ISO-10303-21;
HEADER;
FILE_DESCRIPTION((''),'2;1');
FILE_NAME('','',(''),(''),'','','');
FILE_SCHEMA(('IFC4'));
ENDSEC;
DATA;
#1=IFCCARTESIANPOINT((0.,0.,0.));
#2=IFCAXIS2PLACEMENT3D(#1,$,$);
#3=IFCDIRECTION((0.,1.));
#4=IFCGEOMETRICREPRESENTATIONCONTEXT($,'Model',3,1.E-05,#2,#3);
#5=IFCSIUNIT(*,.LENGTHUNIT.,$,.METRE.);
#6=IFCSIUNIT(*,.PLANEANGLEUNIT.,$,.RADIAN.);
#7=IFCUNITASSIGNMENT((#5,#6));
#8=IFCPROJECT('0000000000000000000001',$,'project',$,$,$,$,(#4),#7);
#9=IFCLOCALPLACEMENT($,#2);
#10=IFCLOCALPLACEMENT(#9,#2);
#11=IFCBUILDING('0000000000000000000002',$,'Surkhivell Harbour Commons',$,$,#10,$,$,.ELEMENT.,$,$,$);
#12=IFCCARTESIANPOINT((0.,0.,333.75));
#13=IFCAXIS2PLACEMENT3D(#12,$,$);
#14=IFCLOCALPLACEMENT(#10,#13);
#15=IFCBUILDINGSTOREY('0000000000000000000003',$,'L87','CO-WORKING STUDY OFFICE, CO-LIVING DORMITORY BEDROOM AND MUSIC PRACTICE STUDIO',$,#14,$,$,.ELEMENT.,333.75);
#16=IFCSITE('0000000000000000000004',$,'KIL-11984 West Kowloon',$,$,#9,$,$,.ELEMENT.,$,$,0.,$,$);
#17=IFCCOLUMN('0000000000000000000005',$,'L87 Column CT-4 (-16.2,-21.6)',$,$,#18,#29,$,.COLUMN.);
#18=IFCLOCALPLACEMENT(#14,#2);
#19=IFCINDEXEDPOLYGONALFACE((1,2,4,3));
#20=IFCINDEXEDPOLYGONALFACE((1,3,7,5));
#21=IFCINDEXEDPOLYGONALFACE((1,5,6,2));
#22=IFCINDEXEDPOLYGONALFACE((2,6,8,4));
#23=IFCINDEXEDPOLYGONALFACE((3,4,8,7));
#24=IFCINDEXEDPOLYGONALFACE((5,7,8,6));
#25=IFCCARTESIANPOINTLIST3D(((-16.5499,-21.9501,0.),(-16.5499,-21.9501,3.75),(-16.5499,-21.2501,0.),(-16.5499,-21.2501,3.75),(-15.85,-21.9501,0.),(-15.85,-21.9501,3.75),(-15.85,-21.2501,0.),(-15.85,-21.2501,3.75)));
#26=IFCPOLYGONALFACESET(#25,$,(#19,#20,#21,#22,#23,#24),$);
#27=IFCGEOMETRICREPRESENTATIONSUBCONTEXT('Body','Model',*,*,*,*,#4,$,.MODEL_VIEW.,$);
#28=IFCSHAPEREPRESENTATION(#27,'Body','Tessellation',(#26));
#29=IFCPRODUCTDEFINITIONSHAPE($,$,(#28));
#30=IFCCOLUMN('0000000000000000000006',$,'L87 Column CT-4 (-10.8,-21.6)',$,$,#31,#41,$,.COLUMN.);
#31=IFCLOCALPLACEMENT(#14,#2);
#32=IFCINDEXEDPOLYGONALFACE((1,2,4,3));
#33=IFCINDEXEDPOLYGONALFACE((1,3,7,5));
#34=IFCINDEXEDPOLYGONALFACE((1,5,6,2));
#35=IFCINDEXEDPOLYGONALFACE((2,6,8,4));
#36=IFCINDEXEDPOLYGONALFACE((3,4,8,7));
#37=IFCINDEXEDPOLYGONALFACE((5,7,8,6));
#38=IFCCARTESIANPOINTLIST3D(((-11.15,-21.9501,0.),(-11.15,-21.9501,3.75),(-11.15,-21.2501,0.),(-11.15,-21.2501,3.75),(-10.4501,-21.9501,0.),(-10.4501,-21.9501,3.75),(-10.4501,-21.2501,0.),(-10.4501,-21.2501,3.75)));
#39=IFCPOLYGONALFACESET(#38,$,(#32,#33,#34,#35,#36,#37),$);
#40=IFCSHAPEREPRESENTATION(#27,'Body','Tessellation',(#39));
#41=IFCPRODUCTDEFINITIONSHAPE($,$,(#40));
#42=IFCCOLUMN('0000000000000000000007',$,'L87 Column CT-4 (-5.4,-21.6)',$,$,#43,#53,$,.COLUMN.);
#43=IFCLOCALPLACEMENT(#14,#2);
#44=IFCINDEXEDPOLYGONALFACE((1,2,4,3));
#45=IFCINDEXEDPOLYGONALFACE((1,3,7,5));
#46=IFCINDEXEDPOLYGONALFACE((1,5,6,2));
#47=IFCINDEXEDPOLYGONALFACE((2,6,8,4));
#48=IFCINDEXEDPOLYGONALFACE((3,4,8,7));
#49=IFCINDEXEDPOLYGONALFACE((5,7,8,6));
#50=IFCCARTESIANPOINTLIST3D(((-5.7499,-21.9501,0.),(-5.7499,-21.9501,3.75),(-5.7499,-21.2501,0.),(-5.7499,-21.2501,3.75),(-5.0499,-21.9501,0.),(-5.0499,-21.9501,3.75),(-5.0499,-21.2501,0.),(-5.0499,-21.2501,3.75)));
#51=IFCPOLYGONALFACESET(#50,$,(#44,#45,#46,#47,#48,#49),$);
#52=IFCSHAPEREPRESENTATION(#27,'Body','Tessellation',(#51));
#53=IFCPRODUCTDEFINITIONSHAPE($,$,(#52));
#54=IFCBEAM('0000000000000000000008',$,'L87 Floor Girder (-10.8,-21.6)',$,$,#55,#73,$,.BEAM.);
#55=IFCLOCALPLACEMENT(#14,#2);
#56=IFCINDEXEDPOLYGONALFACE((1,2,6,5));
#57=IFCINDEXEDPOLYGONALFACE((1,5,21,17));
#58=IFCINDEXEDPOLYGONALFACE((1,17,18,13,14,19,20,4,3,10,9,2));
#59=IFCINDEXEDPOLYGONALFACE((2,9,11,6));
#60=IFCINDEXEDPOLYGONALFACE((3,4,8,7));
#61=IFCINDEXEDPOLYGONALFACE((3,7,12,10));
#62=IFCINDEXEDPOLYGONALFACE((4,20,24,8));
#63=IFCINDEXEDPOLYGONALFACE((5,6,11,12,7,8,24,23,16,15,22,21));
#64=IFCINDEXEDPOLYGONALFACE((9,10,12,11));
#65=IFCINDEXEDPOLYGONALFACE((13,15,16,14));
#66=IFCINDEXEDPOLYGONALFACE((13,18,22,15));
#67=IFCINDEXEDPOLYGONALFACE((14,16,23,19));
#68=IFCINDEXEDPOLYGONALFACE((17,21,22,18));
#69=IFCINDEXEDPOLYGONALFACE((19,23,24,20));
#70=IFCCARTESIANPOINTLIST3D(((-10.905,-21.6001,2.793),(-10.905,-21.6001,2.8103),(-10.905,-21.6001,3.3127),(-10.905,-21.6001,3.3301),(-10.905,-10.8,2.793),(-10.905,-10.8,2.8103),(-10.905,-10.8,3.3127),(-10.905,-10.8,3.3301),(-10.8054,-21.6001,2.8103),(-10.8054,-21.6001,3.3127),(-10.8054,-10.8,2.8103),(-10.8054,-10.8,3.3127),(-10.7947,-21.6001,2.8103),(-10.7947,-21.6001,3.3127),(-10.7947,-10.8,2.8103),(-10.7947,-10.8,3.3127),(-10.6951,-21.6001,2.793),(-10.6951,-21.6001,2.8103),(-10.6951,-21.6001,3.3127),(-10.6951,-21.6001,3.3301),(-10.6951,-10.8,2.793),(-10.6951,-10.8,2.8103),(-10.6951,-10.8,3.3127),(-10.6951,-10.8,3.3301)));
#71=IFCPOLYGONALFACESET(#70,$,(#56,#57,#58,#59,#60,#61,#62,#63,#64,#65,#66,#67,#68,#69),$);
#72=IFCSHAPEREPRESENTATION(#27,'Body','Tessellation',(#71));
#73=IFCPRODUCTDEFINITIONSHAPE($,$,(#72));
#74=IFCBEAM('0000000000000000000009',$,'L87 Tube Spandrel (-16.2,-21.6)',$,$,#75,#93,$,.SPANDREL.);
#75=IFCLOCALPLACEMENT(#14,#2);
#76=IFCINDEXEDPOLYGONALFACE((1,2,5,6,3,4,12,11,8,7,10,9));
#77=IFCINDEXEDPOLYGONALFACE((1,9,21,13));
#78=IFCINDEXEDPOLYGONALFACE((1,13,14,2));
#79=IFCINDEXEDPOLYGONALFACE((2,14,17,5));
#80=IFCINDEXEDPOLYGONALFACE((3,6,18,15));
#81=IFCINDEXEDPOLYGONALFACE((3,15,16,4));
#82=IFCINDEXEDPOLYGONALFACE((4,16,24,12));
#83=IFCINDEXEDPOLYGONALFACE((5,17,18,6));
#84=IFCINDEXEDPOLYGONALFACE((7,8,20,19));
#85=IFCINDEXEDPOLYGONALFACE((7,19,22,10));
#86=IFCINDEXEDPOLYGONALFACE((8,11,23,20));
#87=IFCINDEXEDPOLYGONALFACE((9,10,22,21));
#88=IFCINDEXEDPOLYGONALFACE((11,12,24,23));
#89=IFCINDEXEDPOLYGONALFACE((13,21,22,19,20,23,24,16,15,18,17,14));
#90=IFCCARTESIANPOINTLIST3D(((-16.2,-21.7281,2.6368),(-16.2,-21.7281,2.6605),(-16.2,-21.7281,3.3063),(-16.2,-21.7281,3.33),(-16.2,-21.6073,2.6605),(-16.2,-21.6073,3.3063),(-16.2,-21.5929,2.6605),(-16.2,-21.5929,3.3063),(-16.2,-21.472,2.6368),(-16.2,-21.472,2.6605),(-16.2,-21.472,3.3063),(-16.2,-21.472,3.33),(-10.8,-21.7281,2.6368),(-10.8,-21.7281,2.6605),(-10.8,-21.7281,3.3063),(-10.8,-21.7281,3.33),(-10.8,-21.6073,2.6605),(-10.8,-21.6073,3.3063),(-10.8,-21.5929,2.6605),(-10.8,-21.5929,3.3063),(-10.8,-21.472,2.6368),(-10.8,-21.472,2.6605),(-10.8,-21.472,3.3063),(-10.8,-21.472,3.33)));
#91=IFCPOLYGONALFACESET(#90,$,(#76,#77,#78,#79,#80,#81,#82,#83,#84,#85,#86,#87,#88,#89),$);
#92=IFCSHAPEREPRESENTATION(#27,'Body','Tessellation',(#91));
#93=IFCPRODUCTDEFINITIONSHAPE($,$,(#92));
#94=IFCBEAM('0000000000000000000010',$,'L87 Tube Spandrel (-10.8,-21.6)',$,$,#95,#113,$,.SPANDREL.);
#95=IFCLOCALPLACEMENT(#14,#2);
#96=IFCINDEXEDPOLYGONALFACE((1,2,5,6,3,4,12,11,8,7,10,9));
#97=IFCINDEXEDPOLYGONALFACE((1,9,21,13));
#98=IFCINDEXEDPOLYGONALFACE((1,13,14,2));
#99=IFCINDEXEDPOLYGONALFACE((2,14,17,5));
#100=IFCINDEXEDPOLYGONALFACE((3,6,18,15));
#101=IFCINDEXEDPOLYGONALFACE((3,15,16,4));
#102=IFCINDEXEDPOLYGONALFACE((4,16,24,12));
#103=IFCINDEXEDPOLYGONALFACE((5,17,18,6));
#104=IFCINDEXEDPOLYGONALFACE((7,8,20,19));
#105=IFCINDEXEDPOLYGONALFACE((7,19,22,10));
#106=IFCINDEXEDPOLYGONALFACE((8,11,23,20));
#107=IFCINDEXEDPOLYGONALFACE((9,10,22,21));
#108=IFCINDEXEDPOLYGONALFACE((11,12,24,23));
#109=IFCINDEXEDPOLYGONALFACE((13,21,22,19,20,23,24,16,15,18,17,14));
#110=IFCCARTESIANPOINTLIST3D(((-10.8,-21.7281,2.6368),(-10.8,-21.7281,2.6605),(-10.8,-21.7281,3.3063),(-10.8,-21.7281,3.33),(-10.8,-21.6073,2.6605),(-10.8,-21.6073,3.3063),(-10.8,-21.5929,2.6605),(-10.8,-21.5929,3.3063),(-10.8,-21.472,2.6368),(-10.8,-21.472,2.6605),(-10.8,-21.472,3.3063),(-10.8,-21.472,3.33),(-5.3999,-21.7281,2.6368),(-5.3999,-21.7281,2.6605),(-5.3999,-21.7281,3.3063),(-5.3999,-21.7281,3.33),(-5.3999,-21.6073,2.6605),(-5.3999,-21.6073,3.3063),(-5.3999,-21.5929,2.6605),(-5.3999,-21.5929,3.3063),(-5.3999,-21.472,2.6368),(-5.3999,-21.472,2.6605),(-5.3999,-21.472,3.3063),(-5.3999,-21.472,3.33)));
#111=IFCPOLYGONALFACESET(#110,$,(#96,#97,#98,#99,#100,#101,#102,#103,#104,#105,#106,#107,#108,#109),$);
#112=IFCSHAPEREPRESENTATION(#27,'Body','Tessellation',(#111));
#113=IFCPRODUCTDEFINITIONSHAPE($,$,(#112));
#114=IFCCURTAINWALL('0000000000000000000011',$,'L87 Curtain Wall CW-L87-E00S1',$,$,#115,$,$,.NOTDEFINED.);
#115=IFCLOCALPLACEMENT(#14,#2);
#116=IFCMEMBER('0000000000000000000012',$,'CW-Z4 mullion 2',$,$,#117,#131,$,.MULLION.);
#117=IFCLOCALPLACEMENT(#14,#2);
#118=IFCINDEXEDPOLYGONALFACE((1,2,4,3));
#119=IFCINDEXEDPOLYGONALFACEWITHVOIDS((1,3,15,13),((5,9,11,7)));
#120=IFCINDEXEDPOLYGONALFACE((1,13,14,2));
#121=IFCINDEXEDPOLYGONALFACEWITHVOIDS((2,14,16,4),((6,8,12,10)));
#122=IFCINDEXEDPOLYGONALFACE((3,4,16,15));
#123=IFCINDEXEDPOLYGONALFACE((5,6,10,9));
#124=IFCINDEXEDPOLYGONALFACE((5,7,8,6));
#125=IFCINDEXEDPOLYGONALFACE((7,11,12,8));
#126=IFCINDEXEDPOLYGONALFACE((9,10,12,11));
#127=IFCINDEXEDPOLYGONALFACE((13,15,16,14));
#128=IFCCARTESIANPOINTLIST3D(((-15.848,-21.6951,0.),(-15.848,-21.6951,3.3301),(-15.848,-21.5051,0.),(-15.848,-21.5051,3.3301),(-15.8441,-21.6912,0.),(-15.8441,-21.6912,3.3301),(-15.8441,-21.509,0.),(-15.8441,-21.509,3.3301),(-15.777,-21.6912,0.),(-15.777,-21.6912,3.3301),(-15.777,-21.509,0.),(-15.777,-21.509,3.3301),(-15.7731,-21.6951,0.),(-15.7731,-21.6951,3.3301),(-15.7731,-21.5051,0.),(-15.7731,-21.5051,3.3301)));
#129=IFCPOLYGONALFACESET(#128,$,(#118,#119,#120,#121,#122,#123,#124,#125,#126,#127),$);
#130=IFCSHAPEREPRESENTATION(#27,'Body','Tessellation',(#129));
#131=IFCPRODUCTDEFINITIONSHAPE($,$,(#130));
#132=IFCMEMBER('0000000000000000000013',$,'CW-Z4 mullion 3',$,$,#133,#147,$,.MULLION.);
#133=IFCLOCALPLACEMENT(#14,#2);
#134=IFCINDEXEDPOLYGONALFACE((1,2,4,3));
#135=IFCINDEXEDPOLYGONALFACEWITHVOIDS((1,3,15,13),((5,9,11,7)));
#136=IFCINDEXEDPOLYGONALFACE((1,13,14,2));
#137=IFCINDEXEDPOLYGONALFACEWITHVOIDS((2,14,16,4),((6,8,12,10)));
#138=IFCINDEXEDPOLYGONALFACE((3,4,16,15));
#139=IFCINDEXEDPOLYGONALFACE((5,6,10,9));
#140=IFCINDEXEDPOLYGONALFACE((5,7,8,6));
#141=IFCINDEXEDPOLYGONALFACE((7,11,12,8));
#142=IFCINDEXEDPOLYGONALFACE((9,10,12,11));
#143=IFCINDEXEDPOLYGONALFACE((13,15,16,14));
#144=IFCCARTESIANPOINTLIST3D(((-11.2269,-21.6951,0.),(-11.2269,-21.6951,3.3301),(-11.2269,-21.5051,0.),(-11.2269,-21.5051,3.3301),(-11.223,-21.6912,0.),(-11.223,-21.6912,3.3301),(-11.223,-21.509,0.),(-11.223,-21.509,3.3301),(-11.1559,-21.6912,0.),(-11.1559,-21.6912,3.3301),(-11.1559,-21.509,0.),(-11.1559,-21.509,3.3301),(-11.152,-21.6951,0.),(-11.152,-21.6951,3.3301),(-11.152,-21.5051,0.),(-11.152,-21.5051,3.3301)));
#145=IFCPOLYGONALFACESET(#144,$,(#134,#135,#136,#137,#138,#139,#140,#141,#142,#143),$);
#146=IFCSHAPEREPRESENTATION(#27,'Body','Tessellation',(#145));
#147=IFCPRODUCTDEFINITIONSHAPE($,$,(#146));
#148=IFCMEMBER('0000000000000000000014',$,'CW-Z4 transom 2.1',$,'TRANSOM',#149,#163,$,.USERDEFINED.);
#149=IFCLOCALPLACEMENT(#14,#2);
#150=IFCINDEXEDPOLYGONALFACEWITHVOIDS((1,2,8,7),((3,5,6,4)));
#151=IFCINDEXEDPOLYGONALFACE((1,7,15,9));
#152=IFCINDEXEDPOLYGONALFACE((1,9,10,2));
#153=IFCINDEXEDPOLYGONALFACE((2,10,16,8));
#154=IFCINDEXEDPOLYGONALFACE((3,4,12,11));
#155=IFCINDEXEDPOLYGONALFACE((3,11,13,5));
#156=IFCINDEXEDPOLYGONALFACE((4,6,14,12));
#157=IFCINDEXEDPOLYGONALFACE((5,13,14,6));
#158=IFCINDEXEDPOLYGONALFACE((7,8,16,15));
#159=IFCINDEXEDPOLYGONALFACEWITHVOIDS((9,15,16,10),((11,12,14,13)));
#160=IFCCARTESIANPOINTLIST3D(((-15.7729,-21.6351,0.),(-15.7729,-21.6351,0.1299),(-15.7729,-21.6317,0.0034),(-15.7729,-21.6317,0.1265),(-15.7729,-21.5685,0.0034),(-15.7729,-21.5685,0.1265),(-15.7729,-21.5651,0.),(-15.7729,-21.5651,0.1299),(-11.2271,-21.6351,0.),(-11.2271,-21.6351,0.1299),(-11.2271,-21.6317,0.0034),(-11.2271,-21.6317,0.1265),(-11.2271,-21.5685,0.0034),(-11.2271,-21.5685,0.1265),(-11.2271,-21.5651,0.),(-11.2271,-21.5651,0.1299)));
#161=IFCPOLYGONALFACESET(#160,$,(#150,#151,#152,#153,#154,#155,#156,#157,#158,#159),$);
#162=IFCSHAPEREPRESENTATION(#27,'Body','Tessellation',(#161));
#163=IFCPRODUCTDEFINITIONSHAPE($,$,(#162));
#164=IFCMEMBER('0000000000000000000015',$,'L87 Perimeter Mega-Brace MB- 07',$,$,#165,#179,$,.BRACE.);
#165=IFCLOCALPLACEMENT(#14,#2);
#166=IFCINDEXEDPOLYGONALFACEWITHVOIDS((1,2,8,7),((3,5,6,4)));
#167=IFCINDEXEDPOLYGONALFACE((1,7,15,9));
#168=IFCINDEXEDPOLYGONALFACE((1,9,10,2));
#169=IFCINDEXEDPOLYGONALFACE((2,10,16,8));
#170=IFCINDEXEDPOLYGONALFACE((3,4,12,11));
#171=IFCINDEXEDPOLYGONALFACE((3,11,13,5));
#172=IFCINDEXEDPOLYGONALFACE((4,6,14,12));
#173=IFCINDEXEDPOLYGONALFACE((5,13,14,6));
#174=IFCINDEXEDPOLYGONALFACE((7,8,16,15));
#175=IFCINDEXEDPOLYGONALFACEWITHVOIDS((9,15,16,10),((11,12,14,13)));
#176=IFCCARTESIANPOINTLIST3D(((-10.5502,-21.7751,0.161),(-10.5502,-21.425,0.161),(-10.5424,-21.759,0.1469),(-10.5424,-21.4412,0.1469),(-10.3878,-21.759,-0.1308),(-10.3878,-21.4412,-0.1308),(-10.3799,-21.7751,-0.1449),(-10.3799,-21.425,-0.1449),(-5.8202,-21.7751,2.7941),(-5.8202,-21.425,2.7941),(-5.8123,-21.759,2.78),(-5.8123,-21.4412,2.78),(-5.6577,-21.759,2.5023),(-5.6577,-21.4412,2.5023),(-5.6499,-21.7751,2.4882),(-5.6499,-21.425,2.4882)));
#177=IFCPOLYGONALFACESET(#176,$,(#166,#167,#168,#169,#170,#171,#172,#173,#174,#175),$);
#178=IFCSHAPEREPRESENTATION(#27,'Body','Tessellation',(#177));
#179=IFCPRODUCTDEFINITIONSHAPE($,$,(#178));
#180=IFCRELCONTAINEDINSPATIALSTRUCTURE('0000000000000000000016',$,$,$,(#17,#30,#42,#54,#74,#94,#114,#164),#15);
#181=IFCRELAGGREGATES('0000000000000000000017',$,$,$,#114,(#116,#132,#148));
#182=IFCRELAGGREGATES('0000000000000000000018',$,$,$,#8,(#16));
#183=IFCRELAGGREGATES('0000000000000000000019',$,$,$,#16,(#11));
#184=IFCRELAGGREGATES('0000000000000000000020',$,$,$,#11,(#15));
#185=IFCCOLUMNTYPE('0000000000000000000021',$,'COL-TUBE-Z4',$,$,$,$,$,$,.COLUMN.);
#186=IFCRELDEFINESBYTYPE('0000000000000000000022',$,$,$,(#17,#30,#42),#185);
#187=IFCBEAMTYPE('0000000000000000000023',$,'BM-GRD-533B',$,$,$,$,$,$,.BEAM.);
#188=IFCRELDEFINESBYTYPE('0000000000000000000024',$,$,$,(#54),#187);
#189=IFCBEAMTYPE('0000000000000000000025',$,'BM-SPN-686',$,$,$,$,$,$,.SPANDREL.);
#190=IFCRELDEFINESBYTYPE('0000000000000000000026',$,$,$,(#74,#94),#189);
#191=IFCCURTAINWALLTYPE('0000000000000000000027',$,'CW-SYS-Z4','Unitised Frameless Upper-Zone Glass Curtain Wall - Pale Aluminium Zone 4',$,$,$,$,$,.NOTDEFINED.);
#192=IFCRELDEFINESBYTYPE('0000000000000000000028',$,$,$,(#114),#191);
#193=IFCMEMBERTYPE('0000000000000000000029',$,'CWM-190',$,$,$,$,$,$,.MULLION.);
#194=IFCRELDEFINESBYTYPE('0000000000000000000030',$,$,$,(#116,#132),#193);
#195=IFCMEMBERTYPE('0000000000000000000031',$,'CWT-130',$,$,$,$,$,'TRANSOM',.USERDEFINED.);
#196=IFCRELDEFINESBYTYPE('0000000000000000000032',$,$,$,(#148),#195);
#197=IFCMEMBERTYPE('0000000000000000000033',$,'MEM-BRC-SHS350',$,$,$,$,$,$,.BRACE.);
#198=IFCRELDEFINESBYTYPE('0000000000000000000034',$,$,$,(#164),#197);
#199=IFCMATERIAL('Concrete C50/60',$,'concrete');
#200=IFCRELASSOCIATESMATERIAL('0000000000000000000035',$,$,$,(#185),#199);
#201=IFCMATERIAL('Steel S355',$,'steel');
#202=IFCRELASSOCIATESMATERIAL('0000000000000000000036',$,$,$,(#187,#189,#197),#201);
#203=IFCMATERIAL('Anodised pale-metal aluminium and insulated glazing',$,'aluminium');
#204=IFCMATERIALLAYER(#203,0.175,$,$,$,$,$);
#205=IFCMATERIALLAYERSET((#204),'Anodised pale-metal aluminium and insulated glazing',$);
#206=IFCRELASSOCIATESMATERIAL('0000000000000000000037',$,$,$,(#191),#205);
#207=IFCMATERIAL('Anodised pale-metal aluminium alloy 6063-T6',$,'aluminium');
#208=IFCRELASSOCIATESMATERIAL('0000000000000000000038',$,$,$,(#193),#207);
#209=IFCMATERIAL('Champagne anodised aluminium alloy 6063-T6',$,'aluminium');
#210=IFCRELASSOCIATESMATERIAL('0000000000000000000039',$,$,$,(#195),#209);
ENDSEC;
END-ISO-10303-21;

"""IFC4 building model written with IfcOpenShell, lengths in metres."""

from ifc_helpers import new_model, si_unit, direction, frame, origin, origin_2d, place, context, subcontext, project, spatial, rectangle, hollow_rectangle, i_section, extrude, material, layer, layer_set, material_profile, profile_set, type_object, element, aggregate, save


model = new_model("IFC4")

# Units and contexts
model_context = context("Model", 3, precision=1e-05, world=origin(), true_north=direction((0.0, 1.0)))
body_context = subcontext(model_context, "Body", "Model", "MODEL_VIEW")
ifc_project = project(units=[si_unit("LENGTHUNIT", "METRE"), si_unit("PLANEANGLEUNIT", "RADIAN")], contexts=[model_context])

# Site, building, storey
site_placement = place(None, origin())
site = spatial("IfcSite", under=ifc_project, at=site_placement, Name="KIL-11984 West Kowloon", CompositionType="ELEMENT", RefElevation=0.0)
building_placement = place(site_placement, origin())
building = spatial("IfcBuilding", under=site, at=building_placement, Name="Surkhivell Harbour Commons", CompositionType="ELEMENT")
storey_placement = place(building_placement, frame((0.0, 0.0, 333.75)))
storey = spatial("IfcBuildingStorey", under=building, at=storey_placement, Name="L87", Description="CO-WORKING STUDY OFFICE, CO-LIVING DORMITORY BEDROOM AND MUSIC PRACTICE STUDIO", CompositionType="ELEMENT", Elevation=333.75)

# Columns
ifc_material_1 = material(Name="Concrete C50/60", Category="concrete")
ifc_material_profile_1 = material_profile(ifc_material_1, rectangle(XDim=0.7, YDim=0.7, at=origin_2d()), Name="RC-COL-700x700")
ifc_profile_set_1 = profile_set([ifc_material_profile_1], Name="Concrete C50/60")
column_type = type_object("IfcColumnType", Name="COL-TUBE-Z4", PredefinedType="COLUMN", material=ifc_profile_set_1)
for number, where, z_axis, x_axis, name in (
    (1, (-16.2, -21.6001, 0.0), (0.0, 0.0, 1.0), (1.0, 0.0, 0.0), "L87 Column CT-4 (-16.2,-21.6)"),
    (2, (-10.8, -21.6001, 0.0), (0.0, 0.0, 1.0), (1.0, 0.0, 0.0), "L87 Column CT-4 (-10.8,-21.6)"),
    (3, (-5.3999, -21.6001, 0.0), (0.0, 0.0, 1.0), (1.0, 0.0, 0.0), "L87 Column CT-4 (-5.4,-21.6)"),
):
    element("IfcColumn", number, at=place(storey_placement, frame(where, z_axis=z_axis, x_axis=x_axis)), inside=storey, type_object=column_type, Name=name, PredefinedType="COLUMN", context=body_context, shape_type="SweptSolid", body=[
        extrude(rectangle(XDim=0.7, YDim=0.7, at=origin_2d()), origin(), (0.0, 0.0, 1.0), 3.75),
    ])

# Beams
ifc_material_2 = material(Name="Steel S355", Category="steel")
ifc_material_profile_2 = material_profile(ifc_material_2, i_section(OverallWidth=0.21, OverallDepth=0.5371, WebThickness=0.0107, FlangeThickness=0.0173, at=origin_2d()), Name="UB533x210x101")
ifc_profile_set_2 = profile_set([ifc_material_profile_2], Name="Steel S355")
beam_type_1 = type_object("IfcBeamType", Name="BM-GRD-533B", PredefinedType="BEAM", material=ifc_profile_set_2)
beam_1_placement = place(storey_placement, frame((-10.8, -21.6001, 3.0615), z_axis=(0.0, 1.0, 0.0), x_axis=(-1.0, 0.0, 0.0)))
element("IfcBeam", 4, at=beam_1_placement, inside=storey, type_object=beam_type_1, Name="L87 Floor Girder (-10.8,-21.6)", PredefinedType="BEAM", context=body_context, shape_type="SweptSolid", body=[
    extrude(i_section(OverallWidth=0.21, OverallDepth=0.5371, WebThickness=0.0107, FlangeThickness=0.0173, at=origin_2d()), origin(), (0.0, 0.0, 1.0), 10.8),
])
ifc_material_profile_3 = material_profile(ifc_material_2, i_section(OverallWidth=0.2561, OverallDepth=0.6931, WebThickness=0.0144, FlangeThickness=0.0237, at=origin_2d()), Name="UB686x254x170")
ifc_profile_set_3 = profile_set([ifc_material_profile_3], Name="Steel S355")
beam_type_2 = type_object("IfcBeamType", Name="BM-SPN-686", PredefinedType="SPANDREL", material=ifc_profile_set_3)
beam_2_placement = place(storey_placement, frame((-16.2, -21.6001, 2.9834), z_axis=(1.0, 0.0, 0.0), x_axis=(0.0, 1.0, 0.0)))
element("IfcBeam", 5, at=beam_2_placement, inside=storey, type_object=beam_type_2, Name="L87 Tube Spandrel (-16.2,-21.6)", PredefinedType="SPANDREL", context=body_context, shape_type="SweptSolid", body=[
    extrude(i_section(OverallWidth=0.2561, OverallDepth=0.6931, WebThickness=0.0144, FlangeThickness=0.0237, at=origin_2d()), origin(), (0.0, 0.0, 1.0), 5.3999),
])
beam_3_placement = place(storey_placement, frame((-10.8, -21.6001, 2.9834), z_axis=(1.0, 0.0, 0.0), x_axis=(0.0, 1.0, 0.0)))
element("IfcBeam", 6, at=beam_3_placement, inside=storey, type_object=beam_type_2, Name="L87 Tube Spandrel (-10.8,-21.6)", PredefinedType="SPANDREL", context=body_context, shape_type="SweptSolid", body=[
    extrude(i_section(OverallWidth=0.2561, OverallDepth=0.6931, WebThickness=0.0144, FlangeThickness=0.0237, at=origin_2d()), origin(), (0.0, 0.0, 1.0), 5.4001),
])

# Curtain wall, members
ifc_material_3 = material(Name="Anodised pale-metal aluminium and insulated glazing", Category="aluminium")
ifc_layer_1 = layer(ifc_material_3, 0.175)
ifc_layer_set_1 = layer_set([ifc_layer_1], Name="Anodised pale-metal aluminium and insulated glazing")
curtain_wall_type = type_object("IfcCurtainWallType", Name="CW-SYS-Z4", Description="Unitised Frameless Upper-Zone Glass Curtain Wall - Pale Aluminium Zone 4", PredefinedType="NOTDEFINED", material=ifc_layer_set_1)
curtain_wall_placement = place(storey_placement, origin())
curtain_wall = element("IfcCurtainWall", 7, at=curtain_wall_placement, inside=storey, type_object=curtain_wall_type, Name="L87 Curtain Wall CW-L87-E00S1", PredefinedType="NOTDEFINED")
ifc_material_4 = material(Name="Anodised pale-metal aluminium alloy 6063-T6", Category="aluminium")
ifc_material_profile_4 = material_profile(ifc_material_4, hollow_rectangle(XDim=0.075, YDim=0.1899, WallThickness=0.0039, at=origin_2d()), Name="ALU-MULL-75x190")
ifc_profile_set_4 = profile_set([ifc_material_profile_4], Name="Anodised pale-metal aluminium alloy 6063-T6")
member_type_1 = type_object("IfcMemberType", Name="CWM-190", PredefinedType="MULLION", material=ifc_profile_set_4)
member_1_placement = place(storey_placement, frame((-15.8105, -21.6001, 0.0), z_axis=(0.0, 0.0, 1.0), x_axis=(1.0, 0.0, 0.0)))
member_1 = element("IfcMember", 8, at=member_1_placement, type_object=member_type_1, Name="CW-Z4 mullion 2", PredefinedType="MULLION", context=body_context, shape_type="SweptSolid", body=[
    extrude(hollow_rectangle(XDim=0.075, YDim=0.1899, WallThickness=0.0039, at=origin_2d()), origin(), (0.0, 0.0, 1.0), 3.3301),
])
member_2_placement = place(storey_placement, frame((-11.1895, -21.6001, 0.0), z_axis=(0.0, 0.0, 1.0), x_axis=(1.0, 0.0, 0.0)))
member_2 = element("IfcMember", 9, at=member_2_placement, type_object=member_type_1, Name="CW-Z4 mullion 3", PredefinedType="MULLION", context=body_context, shape_type="SweptSolid", body=[
    extrude(hollow_rectangle(XDim=0.075, YDim=0.1899, WallThickness=0.0039, at=origin_2d()), origin(), (0.0, 0.0, 1.0), 3.3301),
])
ifc_material_5 = material(Name="Champagne anodised aluminium alloy 6063-T6", Category="aluminium")
ifc_material_profile_5 = material_profile(ifc_material_5, hollow_rectangle(XDim=0.0701, YDim=0.1299, WallThickness=0.0034, at=origin_2d()), Name="ALU-TRAN-70x130")
ifc_profile_set_5 = profile_set([ifc_material_profile_5], Name="Champagne anodised aluminium alloy 6063-T6")
member_type_2 = type_object("IfcMemberType", Name="CWT-130", ElementType="TRANSOM", PredefinedType="USERDEFINED", material=ifc_profile_set_5)
member_3_placement = place(storey_placement, frame((-15.7729, -21.6001, 0.0649), z_axis=(1.0, 0.0, 0.0), x_axis=(0.0, 1.0, 0.0)))
member_3 = element("IfcMember", 10, at=member_3_placement, type_object=member_type_2, Name="CW-Z4 transom 2.1", ObjectType="TRANSOM", PredefinedType="USERDEFINED", context=body_context, shape_type="SweptSolid", body=[
    extrude(hollow_rectangle(XDim=0.0701, YDim=0.1299, WallThickness=0.0034, at=origin_2d()), origin(), (0.0, 0.0, 1.0), 4.5459),
])

# Member
ifc_material_profile_6 = material_profile(ifc_material_2, hollow_rectangle(XDim=0.3501, YDim=0.3501, WallThickness=0.0161, at=origin_2d()), Name="SHS350x350x16")
ifc_profile_set_6 = profile_set([ifc_material_profile_6], Name="Steel S355")
member_type_3 = type_object("IfcMemberType", Name="MEM-BRC-SHS350", PredefinedType="BRACE", material=ifc_profile_set_6)
member_4_placement = place(storey_placement, frame((-10.4651, -21.6001, 0.0081), z_axis=(0.873742, 0.0, 0.486389), x_axis=(0.0, 1.0, 0.0)))
element("IfcMember", 11, at=member_4_placement, inside=storey, type_object=member_type_3, Name="L87 Perimeter Mega-Brace MB- 07", PredefinedType="BRACE", context=body_context, shape_type="SweptSolid", body=[
    extrude(hollow_rectangle(XDim=0.3501, YDim=0.3501, WallThickness=0.0161, at=origin_2d()), origin(), (0.0, 0.0, 1.0), 5.4136),
])

aggregate(curtain_wall, [member_1, member_2, member_3])

save(model, "model.ifc")
